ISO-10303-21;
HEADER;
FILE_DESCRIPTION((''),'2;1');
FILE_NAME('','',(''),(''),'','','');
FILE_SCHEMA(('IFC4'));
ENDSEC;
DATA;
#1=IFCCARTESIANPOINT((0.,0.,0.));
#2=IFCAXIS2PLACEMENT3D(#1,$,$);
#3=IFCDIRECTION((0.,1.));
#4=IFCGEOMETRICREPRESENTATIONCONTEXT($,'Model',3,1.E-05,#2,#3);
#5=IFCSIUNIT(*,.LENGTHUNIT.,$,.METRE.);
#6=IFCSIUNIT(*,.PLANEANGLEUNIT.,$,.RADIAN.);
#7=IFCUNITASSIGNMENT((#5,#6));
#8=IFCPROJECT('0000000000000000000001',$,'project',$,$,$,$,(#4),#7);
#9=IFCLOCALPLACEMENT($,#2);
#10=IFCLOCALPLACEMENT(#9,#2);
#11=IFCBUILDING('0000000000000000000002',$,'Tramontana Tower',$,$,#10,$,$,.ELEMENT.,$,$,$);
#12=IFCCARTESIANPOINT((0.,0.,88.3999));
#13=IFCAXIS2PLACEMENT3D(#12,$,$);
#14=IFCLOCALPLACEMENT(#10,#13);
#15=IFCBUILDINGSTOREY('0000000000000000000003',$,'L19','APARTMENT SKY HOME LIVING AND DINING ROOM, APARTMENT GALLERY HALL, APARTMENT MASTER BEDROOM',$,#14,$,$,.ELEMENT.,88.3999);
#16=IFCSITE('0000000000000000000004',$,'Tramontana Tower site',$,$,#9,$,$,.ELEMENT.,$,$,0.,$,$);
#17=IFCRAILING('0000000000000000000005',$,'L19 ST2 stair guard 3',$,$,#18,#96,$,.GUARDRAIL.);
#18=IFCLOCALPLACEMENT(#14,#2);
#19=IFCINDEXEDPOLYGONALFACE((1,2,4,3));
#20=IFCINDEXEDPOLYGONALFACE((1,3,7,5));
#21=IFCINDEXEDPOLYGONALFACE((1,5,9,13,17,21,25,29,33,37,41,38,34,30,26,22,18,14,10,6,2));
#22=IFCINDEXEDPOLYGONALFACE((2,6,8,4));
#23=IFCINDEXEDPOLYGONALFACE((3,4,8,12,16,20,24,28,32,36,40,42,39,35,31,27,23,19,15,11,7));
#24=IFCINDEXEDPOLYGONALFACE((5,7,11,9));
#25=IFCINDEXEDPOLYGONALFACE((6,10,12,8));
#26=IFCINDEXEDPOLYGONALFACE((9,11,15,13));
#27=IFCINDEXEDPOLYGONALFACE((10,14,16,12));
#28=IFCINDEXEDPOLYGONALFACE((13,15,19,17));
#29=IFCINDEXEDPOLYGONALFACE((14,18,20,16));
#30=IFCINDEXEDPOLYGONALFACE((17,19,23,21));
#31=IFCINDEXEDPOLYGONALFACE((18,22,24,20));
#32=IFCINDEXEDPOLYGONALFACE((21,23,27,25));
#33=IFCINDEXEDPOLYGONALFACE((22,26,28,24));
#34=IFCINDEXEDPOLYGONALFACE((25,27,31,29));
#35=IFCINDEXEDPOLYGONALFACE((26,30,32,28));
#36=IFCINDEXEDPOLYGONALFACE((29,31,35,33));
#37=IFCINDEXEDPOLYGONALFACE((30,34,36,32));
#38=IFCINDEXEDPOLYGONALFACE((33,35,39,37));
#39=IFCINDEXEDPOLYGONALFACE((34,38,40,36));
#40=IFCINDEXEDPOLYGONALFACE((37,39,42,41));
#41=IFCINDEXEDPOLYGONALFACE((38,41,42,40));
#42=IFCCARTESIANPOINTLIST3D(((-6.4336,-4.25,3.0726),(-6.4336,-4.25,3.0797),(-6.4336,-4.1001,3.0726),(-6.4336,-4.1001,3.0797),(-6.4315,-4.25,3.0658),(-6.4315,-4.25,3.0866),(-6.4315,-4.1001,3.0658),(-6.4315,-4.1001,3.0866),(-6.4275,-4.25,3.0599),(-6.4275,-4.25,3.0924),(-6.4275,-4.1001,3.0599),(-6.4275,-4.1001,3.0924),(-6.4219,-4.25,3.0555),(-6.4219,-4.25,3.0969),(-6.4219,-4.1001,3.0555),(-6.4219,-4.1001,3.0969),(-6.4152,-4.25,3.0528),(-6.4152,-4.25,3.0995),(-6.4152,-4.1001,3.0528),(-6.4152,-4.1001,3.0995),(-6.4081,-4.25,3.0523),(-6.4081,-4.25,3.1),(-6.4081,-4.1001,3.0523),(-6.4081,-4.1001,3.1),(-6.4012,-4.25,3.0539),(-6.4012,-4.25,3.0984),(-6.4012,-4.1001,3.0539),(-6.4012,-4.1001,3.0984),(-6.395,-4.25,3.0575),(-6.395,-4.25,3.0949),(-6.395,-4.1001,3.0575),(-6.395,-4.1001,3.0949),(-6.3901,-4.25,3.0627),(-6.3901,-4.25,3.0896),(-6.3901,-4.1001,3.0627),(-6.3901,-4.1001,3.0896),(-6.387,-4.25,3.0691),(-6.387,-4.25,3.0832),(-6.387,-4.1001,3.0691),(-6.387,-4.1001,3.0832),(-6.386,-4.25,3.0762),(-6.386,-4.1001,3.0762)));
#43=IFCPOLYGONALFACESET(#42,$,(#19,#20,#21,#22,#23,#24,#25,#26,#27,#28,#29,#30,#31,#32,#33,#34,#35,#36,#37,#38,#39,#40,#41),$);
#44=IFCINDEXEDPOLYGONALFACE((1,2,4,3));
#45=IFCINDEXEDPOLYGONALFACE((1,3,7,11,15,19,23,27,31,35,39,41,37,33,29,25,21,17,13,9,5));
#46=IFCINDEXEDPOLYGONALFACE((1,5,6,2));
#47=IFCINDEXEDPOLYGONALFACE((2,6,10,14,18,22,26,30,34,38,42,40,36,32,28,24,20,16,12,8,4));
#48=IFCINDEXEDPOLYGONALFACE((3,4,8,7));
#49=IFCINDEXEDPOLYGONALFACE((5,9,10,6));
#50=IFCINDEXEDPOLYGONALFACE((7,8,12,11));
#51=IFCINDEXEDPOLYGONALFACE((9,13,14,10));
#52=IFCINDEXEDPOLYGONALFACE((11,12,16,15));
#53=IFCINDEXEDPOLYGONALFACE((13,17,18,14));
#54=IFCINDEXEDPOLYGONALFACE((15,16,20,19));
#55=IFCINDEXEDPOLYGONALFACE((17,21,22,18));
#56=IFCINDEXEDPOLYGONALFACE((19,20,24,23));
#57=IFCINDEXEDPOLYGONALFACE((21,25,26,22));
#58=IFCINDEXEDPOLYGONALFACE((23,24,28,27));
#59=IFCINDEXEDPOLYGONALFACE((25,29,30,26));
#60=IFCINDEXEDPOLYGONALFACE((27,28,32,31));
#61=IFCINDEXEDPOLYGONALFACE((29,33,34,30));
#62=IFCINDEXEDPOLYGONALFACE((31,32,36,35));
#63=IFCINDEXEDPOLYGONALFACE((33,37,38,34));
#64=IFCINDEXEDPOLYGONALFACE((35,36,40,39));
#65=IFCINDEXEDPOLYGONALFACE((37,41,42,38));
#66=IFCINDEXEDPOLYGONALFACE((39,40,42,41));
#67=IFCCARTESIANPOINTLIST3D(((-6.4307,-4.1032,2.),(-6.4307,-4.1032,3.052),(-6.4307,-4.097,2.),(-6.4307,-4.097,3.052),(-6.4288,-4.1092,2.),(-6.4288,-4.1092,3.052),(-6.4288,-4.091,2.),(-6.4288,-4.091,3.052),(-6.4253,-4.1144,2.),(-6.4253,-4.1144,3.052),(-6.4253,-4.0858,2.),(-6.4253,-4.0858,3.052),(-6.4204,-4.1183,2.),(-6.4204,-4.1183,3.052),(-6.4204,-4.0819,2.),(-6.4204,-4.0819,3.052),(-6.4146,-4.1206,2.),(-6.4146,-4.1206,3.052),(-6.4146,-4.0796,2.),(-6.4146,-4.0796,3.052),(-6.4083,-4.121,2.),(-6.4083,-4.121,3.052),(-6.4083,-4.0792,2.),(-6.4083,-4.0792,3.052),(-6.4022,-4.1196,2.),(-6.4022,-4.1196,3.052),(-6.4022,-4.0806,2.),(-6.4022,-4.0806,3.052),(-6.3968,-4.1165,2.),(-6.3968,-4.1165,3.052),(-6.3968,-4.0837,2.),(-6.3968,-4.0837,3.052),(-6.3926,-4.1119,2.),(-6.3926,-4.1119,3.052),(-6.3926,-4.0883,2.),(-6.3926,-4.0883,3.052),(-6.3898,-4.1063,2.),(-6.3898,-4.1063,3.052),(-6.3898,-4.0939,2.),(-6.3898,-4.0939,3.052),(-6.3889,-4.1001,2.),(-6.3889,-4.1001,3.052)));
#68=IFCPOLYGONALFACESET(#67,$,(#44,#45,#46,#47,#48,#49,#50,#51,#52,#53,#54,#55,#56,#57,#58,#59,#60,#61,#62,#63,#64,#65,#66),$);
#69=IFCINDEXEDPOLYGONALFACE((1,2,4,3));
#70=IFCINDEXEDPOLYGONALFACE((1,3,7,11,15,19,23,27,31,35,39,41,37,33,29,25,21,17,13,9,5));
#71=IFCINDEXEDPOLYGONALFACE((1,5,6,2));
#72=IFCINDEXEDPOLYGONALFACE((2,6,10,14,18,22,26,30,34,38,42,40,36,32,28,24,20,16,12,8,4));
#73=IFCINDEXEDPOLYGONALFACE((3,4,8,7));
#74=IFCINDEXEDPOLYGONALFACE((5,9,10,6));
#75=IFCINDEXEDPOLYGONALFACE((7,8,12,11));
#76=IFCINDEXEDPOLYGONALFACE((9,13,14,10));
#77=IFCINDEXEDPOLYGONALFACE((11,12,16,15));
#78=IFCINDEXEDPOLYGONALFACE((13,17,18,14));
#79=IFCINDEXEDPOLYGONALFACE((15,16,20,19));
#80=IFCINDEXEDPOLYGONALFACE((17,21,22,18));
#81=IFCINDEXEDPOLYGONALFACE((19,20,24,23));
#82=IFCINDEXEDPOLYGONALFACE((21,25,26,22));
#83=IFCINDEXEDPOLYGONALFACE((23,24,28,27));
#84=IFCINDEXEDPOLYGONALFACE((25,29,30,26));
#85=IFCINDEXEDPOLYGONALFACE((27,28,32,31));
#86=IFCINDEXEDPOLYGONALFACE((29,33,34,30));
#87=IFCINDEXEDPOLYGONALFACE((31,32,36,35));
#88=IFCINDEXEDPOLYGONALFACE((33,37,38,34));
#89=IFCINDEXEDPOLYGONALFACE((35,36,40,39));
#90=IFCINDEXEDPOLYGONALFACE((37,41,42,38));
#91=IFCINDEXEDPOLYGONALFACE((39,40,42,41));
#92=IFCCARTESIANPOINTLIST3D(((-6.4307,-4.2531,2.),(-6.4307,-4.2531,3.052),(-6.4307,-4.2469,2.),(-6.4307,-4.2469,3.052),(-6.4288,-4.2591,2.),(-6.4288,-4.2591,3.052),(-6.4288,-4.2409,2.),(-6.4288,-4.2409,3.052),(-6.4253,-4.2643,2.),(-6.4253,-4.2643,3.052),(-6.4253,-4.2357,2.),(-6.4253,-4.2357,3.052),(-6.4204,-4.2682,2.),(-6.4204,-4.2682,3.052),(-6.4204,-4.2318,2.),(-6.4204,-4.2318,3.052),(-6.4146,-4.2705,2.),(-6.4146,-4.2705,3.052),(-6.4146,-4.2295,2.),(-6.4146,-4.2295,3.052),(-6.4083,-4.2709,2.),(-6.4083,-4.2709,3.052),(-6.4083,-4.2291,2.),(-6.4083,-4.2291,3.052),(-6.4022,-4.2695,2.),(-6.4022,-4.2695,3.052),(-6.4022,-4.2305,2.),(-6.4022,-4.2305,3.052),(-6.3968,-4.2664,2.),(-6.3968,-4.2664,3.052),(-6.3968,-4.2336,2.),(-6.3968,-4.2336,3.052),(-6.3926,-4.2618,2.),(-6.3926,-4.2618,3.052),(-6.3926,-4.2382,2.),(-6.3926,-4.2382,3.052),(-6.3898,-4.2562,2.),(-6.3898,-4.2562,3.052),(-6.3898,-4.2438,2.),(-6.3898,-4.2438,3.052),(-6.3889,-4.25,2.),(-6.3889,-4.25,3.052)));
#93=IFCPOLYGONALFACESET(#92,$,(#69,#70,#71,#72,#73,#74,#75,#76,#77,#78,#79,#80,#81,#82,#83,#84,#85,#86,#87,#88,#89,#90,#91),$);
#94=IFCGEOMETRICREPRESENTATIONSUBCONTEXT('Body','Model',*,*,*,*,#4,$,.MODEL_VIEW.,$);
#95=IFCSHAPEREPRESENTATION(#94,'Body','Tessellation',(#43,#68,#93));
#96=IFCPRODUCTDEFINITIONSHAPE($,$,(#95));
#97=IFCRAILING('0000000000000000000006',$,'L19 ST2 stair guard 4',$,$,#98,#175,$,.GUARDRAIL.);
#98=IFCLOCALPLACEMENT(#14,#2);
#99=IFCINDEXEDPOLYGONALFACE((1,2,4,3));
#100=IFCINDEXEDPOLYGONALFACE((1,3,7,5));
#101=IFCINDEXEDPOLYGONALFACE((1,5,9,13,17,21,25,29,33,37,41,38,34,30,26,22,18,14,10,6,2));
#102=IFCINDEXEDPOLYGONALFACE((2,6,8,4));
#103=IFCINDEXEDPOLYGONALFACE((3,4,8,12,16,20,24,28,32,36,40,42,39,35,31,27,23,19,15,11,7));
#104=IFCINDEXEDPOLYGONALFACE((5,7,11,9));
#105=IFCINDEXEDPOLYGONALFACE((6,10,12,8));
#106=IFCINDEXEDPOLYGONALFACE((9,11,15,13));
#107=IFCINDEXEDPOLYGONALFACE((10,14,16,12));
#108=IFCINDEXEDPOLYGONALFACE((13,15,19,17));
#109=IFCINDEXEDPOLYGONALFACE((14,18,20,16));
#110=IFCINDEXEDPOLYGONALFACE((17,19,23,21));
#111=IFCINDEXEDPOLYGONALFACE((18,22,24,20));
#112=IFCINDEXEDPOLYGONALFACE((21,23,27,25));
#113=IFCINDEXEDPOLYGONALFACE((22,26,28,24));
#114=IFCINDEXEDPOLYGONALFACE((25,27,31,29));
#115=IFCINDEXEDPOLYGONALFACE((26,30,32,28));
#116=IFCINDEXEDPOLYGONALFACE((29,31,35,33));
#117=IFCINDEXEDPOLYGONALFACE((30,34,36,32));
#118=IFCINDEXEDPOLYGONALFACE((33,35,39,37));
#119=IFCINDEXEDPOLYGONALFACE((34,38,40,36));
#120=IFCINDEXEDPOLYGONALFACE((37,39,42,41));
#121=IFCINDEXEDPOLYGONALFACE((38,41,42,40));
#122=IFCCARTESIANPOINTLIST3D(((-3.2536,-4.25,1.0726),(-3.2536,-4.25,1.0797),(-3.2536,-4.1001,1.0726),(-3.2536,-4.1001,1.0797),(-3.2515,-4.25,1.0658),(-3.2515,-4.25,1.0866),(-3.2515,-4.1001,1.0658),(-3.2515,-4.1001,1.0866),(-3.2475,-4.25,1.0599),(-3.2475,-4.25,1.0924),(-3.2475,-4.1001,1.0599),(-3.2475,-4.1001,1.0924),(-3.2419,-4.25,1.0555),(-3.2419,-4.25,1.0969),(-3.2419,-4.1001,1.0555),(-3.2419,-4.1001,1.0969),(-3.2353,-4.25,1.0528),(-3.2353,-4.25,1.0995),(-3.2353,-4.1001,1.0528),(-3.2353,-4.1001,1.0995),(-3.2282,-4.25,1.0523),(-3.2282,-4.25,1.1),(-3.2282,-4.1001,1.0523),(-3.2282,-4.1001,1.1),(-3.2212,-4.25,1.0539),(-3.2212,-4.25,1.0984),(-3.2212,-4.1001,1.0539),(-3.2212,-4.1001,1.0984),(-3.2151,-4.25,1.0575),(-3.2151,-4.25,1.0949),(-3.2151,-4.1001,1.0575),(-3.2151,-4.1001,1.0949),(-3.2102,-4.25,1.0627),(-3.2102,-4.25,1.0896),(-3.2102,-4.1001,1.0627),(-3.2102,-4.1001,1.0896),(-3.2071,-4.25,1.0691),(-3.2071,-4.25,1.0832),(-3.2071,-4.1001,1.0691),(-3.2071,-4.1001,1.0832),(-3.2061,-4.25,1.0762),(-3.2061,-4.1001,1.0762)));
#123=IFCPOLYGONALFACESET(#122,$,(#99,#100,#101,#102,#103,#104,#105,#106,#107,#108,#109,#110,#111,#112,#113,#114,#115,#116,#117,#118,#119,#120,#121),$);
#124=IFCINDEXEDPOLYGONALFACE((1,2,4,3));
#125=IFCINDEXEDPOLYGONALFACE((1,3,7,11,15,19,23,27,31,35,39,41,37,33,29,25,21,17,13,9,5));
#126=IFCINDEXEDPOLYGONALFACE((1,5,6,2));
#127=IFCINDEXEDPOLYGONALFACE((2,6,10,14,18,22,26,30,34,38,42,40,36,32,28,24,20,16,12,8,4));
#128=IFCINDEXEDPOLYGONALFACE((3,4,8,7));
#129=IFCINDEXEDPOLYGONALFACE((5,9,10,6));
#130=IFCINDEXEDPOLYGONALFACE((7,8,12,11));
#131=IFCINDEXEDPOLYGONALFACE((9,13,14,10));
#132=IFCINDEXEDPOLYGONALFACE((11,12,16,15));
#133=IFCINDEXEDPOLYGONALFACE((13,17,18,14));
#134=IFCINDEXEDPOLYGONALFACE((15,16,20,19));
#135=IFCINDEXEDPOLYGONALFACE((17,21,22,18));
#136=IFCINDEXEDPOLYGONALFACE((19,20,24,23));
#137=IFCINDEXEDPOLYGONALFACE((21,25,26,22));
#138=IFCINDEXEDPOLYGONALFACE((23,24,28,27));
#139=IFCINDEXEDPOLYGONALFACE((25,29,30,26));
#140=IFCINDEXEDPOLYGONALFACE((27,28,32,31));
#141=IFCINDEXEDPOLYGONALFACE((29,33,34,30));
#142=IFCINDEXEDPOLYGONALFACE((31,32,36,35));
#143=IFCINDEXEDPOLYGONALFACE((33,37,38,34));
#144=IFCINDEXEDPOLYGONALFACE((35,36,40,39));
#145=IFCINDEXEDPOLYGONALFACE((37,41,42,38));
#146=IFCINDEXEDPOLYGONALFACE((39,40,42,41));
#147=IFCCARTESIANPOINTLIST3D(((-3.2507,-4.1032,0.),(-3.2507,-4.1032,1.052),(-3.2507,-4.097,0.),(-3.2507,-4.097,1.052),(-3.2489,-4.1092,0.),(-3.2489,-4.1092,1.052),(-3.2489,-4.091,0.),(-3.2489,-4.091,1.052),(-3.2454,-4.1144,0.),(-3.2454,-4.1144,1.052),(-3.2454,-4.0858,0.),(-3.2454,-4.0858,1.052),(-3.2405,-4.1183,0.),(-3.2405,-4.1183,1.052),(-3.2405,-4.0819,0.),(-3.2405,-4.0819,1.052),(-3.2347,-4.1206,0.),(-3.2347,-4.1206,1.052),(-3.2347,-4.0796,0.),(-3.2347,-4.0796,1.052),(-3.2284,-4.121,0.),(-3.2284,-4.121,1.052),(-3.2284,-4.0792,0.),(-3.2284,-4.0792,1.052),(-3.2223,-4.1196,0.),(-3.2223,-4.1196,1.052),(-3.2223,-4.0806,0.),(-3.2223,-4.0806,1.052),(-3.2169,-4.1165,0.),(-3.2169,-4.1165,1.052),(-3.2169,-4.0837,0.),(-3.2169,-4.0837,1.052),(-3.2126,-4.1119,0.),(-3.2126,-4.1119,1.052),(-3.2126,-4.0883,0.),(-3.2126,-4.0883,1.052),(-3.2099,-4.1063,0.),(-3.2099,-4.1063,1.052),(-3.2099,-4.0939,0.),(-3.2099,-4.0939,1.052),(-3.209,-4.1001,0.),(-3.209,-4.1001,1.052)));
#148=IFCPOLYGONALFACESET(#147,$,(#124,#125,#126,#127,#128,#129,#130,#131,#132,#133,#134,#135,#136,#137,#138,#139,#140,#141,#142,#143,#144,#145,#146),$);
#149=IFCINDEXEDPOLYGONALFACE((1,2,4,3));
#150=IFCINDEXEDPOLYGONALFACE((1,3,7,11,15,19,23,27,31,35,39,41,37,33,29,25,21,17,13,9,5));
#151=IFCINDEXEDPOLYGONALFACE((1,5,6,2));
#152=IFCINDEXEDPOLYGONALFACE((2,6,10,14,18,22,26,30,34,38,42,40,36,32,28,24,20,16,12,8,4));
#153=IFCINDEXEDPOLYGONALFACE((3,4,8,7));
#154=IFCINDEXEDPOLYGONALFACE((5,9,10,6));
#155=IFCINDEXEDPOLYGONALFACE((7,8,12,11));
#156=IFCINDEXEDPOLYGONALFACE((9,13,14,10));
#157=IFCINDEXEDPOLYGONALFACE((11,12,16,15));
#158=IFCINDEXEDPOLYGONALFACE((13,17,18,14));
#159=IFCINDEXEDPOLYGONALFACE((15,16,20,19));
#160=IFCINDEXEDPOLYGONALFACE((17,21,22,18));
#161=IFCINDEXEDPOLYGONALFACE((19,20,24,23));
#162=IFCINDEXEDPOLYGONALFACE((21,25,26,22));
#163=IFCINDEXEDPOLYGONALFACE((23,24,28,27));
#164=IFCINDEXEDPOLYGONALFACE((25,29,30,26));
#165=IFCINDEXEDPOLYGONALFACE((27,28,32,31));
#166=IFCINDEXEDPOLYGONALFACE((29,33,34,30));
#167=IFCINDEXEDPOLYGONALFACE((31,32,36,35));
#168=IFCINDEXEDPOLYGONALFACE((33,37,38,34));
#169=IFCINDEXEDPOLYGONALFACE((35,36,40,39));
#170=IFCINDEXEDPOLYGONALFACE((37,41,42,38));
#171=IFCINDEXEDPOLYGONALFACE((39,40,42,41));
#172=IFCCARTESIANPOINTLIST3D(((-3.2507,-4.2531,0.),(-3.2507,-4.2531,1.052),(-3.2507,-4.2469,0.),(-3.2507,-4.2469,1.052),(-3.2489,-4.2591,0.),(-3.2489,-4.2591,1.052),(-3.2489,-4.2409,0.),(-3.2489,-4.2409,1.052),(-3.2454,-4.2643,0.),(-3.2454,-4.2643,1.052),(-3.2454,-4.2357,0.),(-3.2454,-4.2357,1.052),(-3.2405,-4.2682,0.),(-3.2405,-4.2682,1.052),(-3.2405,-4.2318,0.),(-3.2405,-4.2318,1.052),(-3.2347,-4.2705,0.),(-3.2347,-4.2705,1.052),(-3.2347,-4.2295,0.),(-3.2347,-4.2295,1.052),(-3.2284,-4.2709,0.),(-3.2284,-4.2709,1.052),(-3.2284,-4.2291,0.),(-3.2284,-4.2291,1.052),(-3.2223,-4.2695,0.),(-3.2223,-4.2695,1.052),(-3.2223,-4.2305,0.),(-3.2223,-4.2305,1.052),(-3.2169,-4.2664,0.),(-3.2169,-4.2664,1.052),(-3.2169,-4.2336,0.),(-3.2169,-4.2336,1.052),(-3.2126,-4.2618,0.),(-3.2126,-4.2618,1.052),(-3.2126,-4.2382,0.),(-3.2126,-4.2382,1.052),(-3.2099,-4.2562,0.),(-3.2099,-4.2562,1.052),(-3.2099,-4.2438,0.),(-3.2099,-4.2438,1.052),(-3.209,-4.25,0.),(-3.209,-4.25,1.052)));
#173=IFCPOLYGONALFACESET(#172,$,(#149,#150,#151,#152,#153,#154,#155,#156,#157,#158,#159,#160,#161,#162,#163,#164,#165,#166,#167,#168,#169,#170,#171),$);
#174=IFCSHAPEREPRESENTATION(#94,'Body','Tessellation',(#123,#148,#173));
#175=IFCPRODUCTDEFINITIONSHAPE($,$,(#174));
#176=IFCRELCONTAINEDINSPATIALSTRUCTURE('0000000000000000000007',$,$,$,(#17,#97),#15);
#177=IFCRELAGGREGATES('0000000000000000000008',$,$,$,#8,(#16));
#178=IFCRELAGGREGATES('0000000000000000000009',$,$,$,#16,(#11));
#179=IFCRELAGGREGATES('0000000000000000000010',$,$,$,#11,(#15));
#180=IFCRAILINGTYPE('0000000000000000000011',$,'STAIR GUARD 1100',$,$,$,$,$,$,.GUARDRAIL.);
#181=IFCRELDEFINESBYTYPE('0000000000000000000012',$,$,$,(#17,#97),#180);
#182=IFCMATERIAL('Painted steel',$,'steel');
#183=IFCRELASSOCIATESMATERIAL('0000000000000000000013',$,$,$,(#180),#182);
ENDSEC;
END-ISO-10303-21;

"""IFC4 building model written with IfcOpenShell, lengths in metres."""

from ifc_helpers import new_model, si_unit, direction, frame, origin, origin_2d, place, context, subcontext, project, spatial, circle, extrude, material, type_object, element, save


model = new_model("IFC4")

# Units and contexts
model_context = context("Model", 3, precision=1e-05, world=origin(), true_north=direction((0.0, 1.0)))
body_context = subcontext(model_context, "Body", "Model", "MODEL_VIEW")
ifc_project = project(units=[si_unit("LENGTHUNIT", "METRE"), si_unit("PLANEANGLEUNIT", "RADIAN")], contexts=[model_context])

# Site, building, storey
site_placement = place(None, origin())
site = spatial("IfcSite", under=ifc_project, at=site_placement, Name="Tramontana Tower site", CompositionType="ELEMENT", RefElevation=0.0)
building_placement = place(site_placement, origin())
building = spatial("IfcBuilding", under=site, at=building_placement, Name="Tramontana Tower", CompositionType="ELEMENT")
storey_placement = place(building_placement, frame((0.0, 0.0, 88.3999)))
storey = spatial("IfcBuildingStorey", under=building, at=storey_placement, Name="L19", Description="APARTMENT SKY HOME LIVING AND DINING ROOM, APARTMENT GALLERY HALL, APARTMENT MASTER BEDROOM", CompositionType="ELEMENT", Elevation=88.3999)

# Railings
ifc_material_1 = material(Name="Painted steel", Category="steel")
railing_type_1 = type_object("IfcRailingType", Name="STAIR GUARD 1100", PredefinedType="GUARDRAIL", material=ifc_material_1)
for number, where, name in (
    (1, (-6.4099, -4.1001, 2.0), "L19 ST2 stair guard 3"),
    (2, (-3.23, -4.1001, 0.0), "L19 ST2 stair guard 4"),
):
    element("IfcRailing", number, at=place(storey_placement, frame(where)), inside=storey, type_object=railing_type_1, Name=name, PredefinedType="GUARDRAIL", context=body_context, shape_type="SweptSolid", body=[
        extrude(circle(Radius=0.0239, at=origin_2d()), frame((0.0, 0.0, 1.0762), z_axis=(0.0, -1.0, 0.0), x_axis=(1.0, 0.0, 0.0)), (0.0, 0.0, 1.0), 0.1499),
        extrude(circle(Radius=0.021, at=origin_2d()), origin(), (0.0, 0.0, 1.0), 1.052),
        extrude(circle(Radius=0.021, at=origin_2d()), frame((0.0, -0.1499, 0.0)), (0.0, 0.0, 1.0), 1.052),
    ])

save(model, "model.ifc")
